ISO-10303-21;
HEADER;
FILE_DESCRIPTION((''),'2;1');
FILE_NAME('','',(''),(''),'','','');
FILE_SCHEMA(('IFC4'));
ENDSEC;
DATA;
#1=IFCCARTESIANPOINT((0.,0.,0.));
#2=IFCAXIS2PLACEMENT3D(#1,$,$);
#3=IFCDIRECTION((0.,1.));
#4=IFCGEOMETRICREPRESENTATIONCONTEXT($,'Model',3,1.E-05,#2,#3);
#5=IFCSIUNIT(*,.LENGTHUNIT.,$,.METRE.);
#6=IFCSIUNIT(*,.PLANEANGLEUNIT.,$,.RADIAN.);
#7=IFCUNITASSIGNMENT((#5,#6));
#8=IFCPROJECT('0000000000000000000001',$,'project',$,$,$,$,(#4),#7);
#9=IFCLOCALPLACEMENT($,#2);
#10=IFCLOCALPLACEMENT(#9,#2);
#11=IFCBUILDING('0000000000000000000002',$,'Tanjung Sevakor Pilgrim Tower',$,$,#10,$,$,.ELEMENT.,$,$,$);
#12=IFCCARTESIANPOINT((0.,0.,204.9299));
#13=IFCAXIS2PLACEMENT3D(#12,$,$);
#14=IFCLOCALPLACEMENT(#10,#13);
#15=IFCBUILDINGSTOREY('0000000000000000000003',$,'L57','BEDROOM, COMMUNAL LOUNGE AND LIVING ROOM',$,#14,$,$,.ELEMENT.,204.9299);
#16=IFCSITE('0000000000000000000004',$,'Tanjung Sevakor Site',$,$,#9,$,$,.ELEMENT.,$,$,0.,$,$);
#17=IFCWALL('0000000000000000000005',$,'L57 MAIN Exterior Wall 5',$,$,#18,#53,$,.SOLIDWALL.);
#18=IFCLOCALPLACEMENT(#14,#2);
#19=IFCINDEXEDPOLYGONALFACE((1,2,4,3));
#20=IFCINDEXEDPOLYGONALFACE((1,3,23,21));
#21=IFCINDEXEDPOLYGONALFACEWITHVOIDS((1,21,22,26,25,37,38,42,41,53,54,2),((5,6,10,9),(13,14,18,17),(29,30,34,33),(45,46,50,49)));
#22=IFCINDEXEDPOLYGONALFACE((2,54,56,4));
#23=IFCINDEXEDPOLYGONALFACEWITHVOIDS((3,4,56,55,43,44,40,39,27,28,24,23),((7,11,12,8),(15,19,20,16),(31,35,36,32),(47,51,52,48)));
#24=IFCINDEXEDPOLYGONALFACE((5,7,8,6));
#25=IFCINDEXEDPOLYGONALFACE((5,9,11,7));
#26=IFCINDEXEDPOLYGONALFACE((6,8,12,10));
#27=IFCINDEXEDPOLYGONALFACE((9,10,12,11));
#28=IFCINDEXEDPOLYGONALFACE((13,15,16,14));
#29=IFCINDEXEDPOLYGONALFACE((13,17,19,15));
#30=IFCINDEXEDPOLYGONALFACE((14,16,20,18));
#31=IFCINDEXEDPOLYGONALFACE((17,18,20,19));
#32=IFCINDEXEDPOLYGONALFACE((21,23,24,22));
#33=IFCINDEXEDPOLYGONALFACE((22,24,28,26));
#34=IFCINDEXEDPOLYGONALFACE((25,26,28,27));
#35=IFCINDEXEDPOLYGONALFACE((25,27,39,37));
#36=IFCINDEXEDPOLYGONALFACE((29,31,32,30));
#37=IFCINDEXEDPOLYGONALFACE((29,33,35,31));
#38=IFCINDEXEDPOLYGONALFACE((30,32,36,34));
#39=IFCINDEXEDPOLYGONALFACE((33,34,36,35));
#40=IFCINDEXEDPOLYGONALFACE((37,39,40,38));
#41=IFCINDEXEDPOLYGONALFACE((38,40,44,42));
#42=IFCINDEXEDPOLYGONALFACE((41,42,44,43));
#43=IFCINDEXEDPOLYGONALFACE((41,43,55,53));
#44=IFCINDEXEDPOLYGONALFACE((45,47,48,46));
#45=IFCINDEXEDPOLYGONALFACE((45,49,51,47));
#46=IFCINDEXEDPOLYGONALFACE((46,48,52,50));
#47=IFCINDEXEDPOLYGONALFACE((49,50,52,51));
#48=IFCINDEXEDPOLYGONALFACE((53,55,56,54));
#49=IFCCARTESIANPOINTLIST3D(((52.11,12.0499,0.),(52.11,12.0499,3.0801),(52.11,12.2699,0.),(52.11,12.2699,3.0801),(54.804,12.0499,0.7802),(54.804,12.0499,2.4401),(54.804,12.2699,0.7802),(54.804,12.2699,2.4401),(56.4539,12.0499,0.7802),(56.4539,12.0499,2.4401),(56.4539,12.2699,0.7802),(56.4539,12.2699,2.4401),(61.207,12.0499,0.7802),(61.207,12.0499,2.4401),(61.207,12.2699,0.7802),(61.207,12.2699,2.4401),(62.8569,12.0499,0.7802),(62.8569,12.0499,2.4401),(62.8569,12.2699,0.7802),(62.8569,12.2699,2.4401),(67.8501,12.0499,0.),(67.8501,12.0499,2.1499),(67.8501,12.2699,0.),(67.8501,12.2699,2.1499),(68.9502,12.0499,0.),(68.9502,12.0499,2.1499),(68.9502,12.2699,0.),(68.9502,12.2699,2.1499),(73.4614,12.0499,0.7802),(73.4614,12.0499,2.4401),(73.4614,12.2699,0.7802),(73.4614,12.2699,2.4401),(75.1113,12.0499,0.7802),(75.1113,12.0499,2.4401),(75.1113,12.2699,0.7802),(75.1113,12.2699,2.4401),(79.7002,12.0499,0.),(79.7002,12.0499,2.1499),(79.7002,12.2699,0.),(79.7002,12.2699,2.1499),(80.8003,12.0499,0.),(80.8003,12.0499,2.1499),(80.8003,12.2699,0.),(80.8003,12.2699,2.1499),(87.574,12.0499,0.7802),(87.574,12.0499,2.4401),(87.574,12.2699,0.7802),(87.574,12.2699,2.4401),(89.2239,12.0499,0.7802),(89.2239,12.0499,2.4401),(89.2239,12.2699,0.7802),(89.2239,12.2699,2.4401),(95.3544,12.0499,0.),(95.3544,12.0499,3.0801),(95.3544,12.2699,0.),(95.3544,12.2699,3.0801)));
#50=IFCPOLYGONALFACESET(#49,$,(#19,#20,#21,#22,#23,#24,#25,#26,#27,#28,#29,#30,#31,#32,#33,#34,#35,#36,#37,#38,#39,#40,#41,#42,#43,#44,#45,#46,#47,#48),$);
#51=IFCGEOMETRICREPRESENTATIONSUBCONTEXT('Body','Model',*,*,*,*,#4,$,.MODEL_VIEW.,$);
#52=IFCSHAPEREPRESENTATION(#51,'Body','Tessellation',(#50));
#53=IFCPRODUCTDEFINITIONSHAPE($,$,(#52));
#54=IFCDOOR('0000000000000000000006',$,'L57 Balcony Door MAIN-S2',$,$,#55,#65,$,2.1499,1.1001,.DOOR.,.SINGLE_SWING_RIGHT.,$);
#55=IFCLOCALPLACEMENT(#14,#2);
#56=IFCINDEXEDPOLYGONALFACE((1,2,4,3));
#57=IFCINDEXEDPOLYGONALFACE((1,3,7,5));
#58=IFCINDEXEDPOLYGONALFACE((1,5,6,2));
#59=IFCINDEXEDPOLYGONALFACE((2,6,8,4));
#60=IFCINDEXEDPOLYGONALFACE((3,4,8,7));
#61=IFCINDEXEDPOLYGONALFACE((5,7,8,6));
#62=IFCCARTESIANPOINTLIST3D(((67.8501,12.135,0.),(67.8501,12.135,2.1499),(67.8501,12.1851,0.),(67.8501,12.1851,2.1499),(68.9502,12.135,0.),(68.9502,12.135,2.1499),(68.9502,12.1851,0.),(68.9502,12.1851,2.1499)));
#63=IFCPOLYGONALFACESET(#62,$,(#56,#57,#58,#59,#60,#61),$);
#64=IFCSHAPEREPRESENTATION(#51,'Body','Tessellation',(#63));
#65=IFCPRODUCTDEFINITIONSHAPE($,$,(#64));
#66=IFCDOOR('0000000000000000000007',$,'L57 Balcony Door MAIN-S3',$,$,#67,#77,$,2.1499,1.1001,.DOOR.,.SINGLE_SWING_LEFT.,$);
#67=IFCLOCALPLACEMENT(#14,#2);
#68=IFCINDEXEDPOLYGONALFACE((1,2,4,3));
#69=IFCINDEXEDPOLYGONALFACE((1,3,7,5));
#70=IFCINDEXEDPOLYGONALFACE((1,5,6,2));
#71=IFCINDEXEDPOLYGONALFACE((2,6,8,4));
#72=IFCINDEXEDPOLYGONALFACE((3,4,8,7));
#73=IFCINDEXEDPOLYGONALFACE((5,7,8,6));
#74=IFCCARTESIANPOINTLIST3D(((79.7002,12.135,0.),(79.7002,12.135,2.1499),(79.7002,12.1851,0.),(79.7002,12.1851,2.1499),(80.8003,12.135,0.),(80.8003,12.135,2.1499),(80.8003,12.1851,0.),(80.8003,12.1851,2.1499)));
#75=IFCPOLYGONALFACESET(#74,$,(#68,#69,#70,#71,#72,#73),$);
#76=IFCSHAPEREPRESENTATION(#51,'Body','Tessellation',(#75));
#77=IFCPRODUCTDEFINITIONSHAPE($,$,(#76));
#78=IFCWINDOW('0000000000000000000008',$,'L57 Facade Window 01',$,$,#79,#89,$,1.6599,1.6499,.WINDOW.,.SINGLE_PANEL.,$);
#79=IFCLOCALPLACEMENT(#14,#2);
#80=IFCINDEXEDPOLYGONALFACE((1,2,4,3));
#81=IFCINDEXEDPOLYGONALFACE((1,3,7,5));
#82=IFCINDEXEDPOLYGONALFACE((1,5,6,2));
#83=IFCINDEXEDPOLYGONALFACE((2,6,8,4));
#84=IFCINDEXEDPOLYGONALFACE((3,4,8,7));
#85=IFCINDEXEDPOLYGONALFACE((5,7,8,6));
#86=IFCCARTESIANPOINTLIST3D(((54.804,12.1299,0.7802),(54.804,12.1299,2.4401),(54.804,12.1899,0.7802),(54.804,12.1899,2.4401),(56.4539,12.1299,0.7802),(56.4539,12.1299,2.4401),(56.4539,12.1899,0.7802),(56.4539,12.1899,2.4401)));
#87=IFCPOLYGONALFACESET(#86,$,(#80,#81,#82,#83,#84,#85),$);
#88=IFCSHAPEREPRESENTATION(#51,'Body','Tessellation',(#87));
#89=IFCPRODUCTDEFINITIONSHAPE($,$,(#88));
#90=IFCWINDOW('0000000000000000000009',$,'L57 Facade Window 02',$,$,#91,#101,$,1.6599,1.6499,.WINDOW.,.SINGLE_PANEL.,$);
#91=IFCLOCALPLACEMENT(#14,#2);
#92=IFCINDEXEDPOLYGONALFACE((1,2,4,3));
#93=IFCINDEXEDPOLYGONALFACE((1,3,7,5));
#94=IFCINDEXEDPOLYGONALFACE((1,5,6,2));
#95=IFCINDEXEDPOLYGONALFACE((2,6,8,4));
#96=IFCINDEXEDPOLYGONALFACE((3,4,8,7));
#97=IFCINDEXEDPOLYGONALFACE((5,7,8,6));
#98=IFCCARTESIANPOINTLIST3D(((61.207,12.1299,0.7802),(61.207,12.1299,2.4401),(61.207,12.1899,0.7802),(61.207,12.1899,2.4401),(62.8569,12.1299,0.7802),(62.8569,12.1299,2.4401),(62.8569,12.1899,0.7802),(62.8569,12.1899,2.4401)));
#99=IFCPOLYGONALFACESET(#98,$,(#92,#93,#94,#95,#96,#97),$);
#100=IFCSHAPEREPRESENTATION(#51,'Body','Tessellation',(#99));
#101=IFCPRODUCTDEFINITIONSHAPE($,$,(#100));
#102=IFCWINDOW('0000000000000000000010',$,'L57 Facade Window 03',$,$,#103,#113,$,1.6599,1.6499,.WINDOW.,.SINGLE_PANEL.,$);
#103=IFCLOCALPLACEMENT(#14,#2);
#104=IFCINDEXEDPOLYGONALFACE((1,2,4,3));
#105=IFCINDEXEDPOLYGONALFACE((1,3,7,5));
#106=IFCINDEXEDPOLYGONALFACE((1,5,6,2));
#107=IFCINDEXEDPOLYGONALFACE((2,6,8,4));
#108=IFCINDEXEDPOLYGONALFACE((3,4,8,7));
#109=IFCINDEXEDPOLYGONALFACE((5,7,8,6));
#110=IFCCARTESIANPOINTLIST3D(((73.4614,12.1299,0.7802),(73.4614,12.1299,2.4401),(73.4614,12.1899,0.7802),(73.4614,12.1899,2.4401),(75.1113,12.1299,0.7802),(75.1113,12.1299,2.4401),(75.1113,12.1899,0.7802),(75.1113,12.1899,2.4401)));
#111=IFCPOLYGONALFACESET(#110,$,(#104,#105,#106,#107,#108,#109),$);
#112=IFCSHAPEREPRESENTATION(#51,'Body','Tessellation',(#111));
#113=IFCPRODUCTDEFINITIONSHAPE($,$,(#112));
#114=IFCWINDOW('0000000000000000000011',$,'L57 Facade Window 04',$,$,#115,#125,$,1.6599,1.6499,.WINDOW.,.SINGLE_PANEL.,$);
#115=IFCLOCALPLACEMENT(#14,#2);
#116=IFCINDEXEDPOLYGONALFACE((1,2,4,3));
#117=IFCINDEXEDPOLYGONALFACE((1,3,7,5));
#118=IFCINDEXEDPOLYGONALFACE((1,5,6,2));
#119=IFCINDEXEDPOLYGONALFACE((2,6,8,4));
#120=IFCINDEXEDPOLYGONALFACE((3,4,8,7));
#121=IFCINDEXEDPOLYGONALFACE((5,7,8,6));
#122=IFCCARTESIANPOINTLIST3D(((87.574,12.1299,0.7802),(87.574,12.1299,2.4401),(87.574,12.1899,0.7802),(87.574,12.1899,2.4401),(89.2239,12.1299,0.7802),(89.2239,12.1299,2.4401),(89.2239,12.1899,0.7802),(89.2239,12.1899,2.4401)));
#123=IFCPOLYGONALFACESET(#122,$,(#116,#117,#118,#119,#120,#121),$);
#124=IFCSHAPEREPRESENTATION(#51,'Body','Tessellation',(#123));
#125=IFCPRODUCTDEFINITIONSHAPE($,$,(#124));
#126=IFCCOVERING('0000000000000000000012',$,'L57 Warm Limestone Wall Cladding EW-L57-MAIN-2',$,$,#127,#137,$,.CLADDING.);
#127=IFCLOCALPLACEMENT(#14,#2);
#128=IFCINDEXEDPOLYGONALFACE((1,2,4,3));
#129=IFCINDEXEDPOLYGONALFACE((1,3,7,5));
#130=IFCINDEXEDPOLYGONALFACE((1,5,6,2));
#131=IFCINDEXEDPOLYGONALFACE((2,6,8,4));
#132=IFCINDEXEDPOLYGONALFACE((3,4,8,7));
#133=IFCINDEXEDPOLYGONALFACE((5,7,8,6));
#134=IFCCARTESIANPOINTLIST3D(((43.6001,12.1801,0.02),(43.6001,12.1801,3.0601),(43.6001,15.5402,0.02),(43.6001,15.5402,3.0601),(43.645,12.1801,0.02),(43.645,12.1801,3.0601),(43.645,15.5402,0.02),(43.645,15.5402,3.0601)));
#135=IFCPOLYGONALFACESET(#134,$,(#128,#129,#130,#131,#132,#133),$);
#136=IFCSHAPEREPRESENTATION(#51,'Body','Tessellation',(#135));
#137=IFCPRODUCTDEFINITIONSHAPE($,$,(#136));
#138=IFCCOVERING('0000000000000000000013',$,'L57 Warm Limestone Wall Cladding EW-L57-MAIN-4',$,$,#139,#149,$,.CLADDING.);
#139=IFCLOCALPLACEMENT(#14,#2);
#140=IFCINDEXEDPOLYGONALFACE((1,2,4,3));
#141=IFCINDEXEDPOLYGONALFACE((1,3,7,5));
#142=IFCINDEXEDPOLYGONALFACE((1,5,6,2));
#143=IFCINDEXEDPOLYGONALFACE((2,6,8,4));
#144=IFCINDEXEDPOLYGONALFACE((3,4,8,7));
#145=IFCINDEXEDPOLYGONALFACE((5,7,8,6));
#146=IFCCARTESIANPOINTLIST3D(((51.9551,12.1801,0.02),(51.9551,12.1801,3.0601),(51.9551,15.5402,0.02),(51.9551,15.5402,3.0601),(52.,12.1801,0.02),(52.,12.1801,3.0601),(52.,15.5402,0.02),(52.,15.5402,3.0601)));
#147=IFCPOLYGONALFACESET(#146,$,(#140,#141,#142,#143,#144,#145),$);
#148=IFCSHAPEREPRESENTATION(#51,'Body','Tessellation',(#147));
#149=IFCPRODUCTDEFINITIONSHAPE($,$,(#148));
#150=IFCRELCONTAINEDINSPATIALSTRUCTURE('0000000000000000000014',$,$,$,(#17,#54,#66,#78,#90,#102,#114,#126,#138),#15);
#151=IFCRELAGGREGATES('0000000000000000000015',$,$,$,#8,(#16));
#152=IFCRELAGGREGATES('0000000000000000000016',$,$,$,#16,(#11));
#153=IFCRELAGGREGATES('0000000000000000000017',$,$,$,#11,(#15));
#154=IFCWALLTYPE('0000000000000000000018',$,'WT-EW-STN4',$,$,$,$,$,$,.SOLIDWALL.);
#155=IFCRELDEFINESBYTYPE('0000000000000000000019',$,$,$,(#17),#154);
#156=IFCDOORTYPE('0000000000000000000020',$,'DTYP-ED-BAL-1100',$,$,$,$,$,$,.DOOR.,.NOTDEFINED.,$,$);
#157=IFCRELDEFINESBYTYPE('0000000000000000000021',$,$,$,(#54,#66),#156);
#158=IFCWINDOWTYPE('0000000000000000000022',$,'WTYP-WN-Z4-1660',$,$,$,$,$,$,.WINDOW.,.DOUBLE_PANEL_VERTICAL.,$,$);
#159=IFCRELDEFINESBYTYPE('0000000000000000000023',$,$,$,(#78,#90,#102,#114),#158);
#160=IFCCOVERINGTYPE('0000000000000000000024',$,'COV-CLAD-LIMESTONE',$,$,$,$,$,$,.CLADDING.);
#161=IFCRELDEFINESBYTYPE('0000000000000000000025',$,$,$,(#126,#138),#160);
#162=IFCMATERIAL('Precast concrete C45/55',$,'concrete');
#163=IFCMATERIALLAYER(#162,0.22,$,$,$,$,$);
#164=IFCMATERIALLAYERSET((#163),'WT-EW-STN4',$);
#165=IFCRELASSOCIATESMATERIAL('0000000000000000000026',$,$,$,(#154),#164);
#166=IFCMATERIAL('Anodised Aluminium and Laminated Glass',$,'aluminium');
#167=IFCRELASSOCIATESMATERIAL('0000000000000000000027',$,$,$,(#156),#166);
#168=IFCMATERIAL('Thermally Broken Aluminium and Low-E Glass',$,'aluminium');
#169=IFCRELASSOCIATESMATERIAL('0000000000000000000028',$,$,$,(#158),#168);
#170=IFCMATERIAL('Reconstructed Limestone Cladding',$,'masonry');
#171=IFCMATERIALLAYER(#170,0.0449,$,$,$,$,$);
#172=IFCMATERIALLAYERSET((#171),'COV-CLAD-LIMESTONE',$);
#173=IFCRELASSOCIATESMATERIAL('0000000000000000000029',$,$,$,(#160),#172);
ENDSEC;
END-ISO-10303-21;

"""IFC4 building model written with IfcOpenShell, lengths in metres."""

from ifc_helpers import new_model, si_unit, direction, frame, frame_2d, origin, origin_2d, place, context, subcontext, project, spatial, rectangle, extrude, material, layer, layer_set, type_object, element, fill, save


model = new_model("IFC4")

# Units and contexts
model_context = context("Model", 3, precision=1e-05, world=origin(), true_north=direction((0.0, 1.0)))
body_context = subcontext(model_context, "Body", "Model", "MODEL_VIEW")
ifc_project = project(units=[si_unit("LENGTHUNIT", "METRE"), si_unit("PLANEANGLEUNIT", "RADIAN")], contexts=[model_context])

# Site, building, storey
site_placement = place(None, origin())
site = spatial("IfcSite", under=ifc_project, at=site_placement, Name="Tanjung Sevakor Site", CompositionType="ELEMENT", RefElevation=0.0)
building_placement = place(site_placement, origin())
building = spatial("IfcBuilding", under=site, at=building_placement, Name="Tanjung Sevakor Pilgrim Tower", CompositionType="ELEMENT")
storey_placement = place(building_placement, frame((0.0, 0.0, 204.9299)))
storey = spatial("IfcBuildingStorey", under=building, at=storey_placement, Name="L57", Description="BEDROOM, COMMUNAL LOUNGE AND LIVING ROOM", CompositionType="ELEMENT", Elevation=204.9299)

# Shared definitions
ifc_material_1 = material(Name="Precast concrete C45/55", Category="concrete")
ifc_layer_1 = layer(ifc_material_1, 0.22)
ifc_layer_set_1 = layer_set([ifc_layer_1], Name="WT-EW-STN4")
wall_type_1 = type_object("IfcWallType", Name="WT-EW-STN4", PredefinedType="SOLIDWALL", material=ifc_layer_set_1)

# Wall, openings, doors, windows
wall_1_placement = place(storey_placement, frame((52.1101, 12.1599, 0.0), z_axis=(0.0, 0.0, 1.0), x_axis=(1.0, 0.0, 0.0)))
wall_1 = element("IfcWall", 1, at=wall_1_placement, inside=storey, type_object=wall_type_1, Name="L57 MAIN Exterior Wall 5", PredefinedType="SOLIDWALL", context=body_context, shape_type="SweptSolid", body=[
    extrude(rectangle(XDim=43.2444, YDim=0.22, at=frame_2d((21.6221, 0.0))), origin(), (0.0, 0.0, 1.0), 3.0801),
])
opening_1_placement = place(wall_1_placement, frame((15.74, 0.0, 0.0)))
opening_1 = element("IfcOpeningElement", 2, at=opening_1_placement, cuts=wall_1, PredefinedType="OPENING", context=body_context, shape_type="SweptSolid", body=[
    extrude(rectangle(XDim=1.1001, YDim=2.1499, at=frame_2d((0.55, 1.075))), frame((0.0, 0.1199, 0.0), z_axis=(0.0, -1.0, 0.0), x_axis=(1.0, 0.0, 0.0)), (0.0, 0.0, 1.0), 0.24),
])
opening_2_placement = place(wall_1_placement, frame((27.5901, 0.0, 0.0)))
opening_2 = element("IfcOpeningElement", 3, at=opening_2_placement, cuts=wall_1, PredefinedType="OPENING", context=body_context, shape_type="SweptSolid", body=[
    extrude(rectangle(XDim=1.1001, YDim=2.1499, at=frame_2d((0.55, 1.075))), frame((0.0, 0.1199, 0.0), z_axis=(0.0, -1.0, 0.0), x_axis=(1.0, 0.0, 0.0)), (0.0, 0.0, 1.0), 0.24),
])
opening_3_placement = place(wall_1_placement, frame((2.6938, 0.0, 0.78)))
opening_3 = element("IfcOpeningElement", 4, at=opening_3_placement, cuts=wall_1, PredefinedType="OPENING", context=body_context, shape_type="SweptSolid", body=[
    extrude(rectangle(XDim=1.6499, YDim=1.6599, at=frame_2d((0.825, 0.8301))), frame((0.0, 0.1199, 0.0), z_axis=(0.0, -1.0, 0.0), x_axis=(1.0, 0.0, 0.0)), (0.0, 0.0, 1.0), 0.24),
])
opening_4_placement = place(wall_1_placement, frame((9.0969, 0.0, 0.78)))
opening_4 = element("IfcOpeningElement", 5, at=opening_4_placement, cuts=wall_1, PredefinedType="OPENING", context=body_context, shape_type="SweptSolid", body=[
    extrude(rectangle(XDim=1.6499, YDim=1.6599, at=frame_2d((0.825, 0.8301))), frame((0.0, 0.1199, 0.0), z_axis=(0.0, -1.0, 0.0), x_axis=(1.0, 0.0, 0.0)), (0.0, 0.0, 1.0), 0.24),
])
opening_5_placement = place(wall_1_placement, frame((21.3513, 0.0, 0.78)))
opening_5 = element("IfcOpeningElement", 6, at=opening_5_placement, cuts=wall_1, PredefinedType="OPENING", context=body_context, shape_type="SweptSolid", body=[
    extrude(rectangle(XDim=1.6499, YDim=1.6599, at=frame_2d((0.825, 0.8301))), frame((0.0, 0.1199, 0.0), z_axis=(0.0, -1.0, 0.0), x_axis=(1.0, 0.0, 0.0)), (0.0, 0.0, 1.0), 0.24),
])
opening_6_placement = place(wall_1_placement, frame((35.4639, 0.0, 0.78)))
opening_6 = element("IfcOpeningElement", 7, at=opening_6_placement, cuts=wall_1, PredefinedType="OPENING", context=body_context, shape_type="SweptSolid", body=[
    extrude(rectangle(XDim=1.6499, YDim=1.6599, at=frame_2d((0.825, 0.8301))), frame((0.0, 0.1199, 0.0), z_axis=(0.0, -1.0, 0.0), x_axis=(1.0, 0.0, 0.0)), (0.0, 0.0, 1.0), 0.24),
])
ifc_material_2 = material(Name="Anodised Aluminium and Laminated Glass", Category="aluminium")
door_type_1 = type_object("IfcDoorType", Name="DTYP-ED-BAL-1100", OperationType="NOTDEFINED", PredefinedType="DOOR", material=ifc_material_2)
door_1_placement = place(opening_1_placement, frame((1.1001, 0.0, 0.0), z_axis=(0.0, 0.0, 1.0), x_axis=(-1.0, 0.0, 0.0)))
door_1 = element("IfcDoor", 8, at=door_1_placement, inside=storey, type_object=door_type_1, Name="L57 Balcony Door MAIN-S2", OperationType="SINGLE_SWING_RIGHT", OverallHeight=2.1499, OverallWidth=1.1001, PredefinedType="DOOR", context=body_context, shape_type="SweptSolid", body=[
    extrude(rectangle(XDim=1.1001, YDim=2.1499, at=frame_2d((0.55, 1.075))), frame((0.0, 0.0249, 0.0), z_axis=(0.0, -1.0, 0.0), x_axis=(1.0, 0.0, 0.0)), (0.0, 0.0, 1.0), 0.05),
])
fill(opening_1, door_1)
door_2_placement = place(opening_2_placement, frame((1.1001, 0.0, 0.0), z_axis=(0.0, 0.0, 1.0), x_axis=(-1.0, 0.0, 0.0)))
door_2 = element("IfcDoor", 9, at=door_2_placement, inside=storey, type_object=door_type_1, Name="L57 Balcony Door MAIN-S3", OperationType="SINGLE_SWING_LEFT", OverallHeight=2.1499, OverallWidth=1.1001, PredefinedType="DOOR", context=body_context, shape_type="SweptSolid", body=[
    extrude(rectangle(XDim=1.1001, YDim=2.1499, at=frame_2d((0.55, 1.075))), frame((0.0, 0.0249, 0.0), z_axis=(0.0, -1.0, 0.0), x_axis=(1.0, 0.0, 0.0)), (0.0, 0.0, 1.0), 0.05),
])
fill(opening_2, door_2)
ifc_material_3 = material(Name="Thermally Broken Aluminium and Low-E Glass", Category="aluminium")
window_type = type_object("IfcWindowType", Name="WTYP-WN-Z4-1660", PartitioningType="DOUBLE_PANEL_VERTICAL", PredefinedType="WINDOW", material=ifc_material_3)
window_1_placement = place(opening_3_placement, origin())
window_1 = element("IfcWindow", 10, at=window_1_placement, inside=storey, type_object=window_type, Name="L57 Facade Window 01", OverallHeight=1.6599, OverallWidth=1.6499, PartitioningType="SINGLE_PANEL", PredefinedType="WINDOW", context=body_context, shape_type="SweptSolid", body=[
    extrude(rectangle(XDim=1.6499, YDim=1.6599, at=frame_2d((0.825, 0.8301))), frame((0.0, 0.03, 0.0), z_axis=(0.0, -1.0, 0.0), x_axis=(1.0, 0.0, 0.0)), (0.0, 0.0, 1.0), 0.0601),
])
fill(opening_3, window_1)
window_2_placement = place(opening_4_placement, origin())
window_2 = element("IfcWindow", 11, at=window_2_placement, inside=storey, type_object=window_type, Name="L57 Facade Window 02", OverallHeight=1.6599, OverallWidth=1.6499, PartitioningType="SINGLE_PANEL", PredefinedType="WINDOW", context=body_context, shape_type="SweptSolid", body=[
    extrude(rectangle(XDim=1.6499, YDim=1.6599, at=frame_2d((0.825, 0.8301))), frame((0.0, 0.03, 0.0), z_axis=(0.0, -1.0, 0.0), x_axis=(1.0, 0.0, 0.0)), (0.0, 0.0, 1.0), 0.0601),
])
fill(opening_4, window_2)
window_3_placement = place(opening_5_placement, origin())
window_3 = element("IfcWindow", 12, at=window_3_placement, inside=storey, type_object=window_type, Name="L57 Facade Window 03", OverallHeight=1.6599, OverallWidth=1.6499, PartitioningType="SINGLE_PANEL", PredefinedType="WINDOW", context=body_context, shape_type="SweptSolid", body=[
    extrude(rectangle(XDim=1.6499, YDim=1.6599, at=frame_2d((0.825, 0.8301))), frame((0.0, 0.03, 0.0), z_axis=(0.0, -1.0, 0.0), x_axis=(1.0, 0.0, 0.0)), (0.0, 0.0, 1.0), 0.0601),
])
fill(opening_5, window_3)
window_4_placement = place(opening_6_placement, origin())
window_4 = element("IfcWindow", 13, at=window_4_placement, inside=storey, type_object=window_type, Name="L57 Facade Window 04", OverallHeight=1.6599, OverallWidth=1.6499, PartitioningType="SINGLE_PANEL", PredefinedType="WINDOW", context=body_context, shape_type="SweptSolid", body=[
    extrude(rectangle(XDim=1.6499, YDim=1.6599, at=frame_2d((0.825, 0.8301))), frame((0.0, 0.03, 0.0), z_axis=(0.0, -1.0, 0.0), x_axis=(1.0, 0.0, 0.0)), (0.0, 0.0, 1.0), 0.0601),
])
fill(opening_6, window_4)

# Coverings
ifc_material_4 = material(Name="Reconstructed Limestone Cladding", Category="masonry")
ifc_layer_2 = layer(ifc_material_4, 0.0449)
ifc_layer_set_2 = layer_set([ifc_layer_2], Name="COV-CLAD-LIMESTONE")
covering_type = type_object("IfcCoveringType", Name="COV-CLAD-LIMESTONE", PredefinedType="CLADDING", material=ifc_layer_set_2)
for number, where, z_axis, x_axis, name in (
    (14, (43.6226, 13.8601, 0.02), (0.0, 0.0, 1.0), (0.0, 1.0, 0.0), "L57 Warm Limestone Wall Cladding EW-L57-MAIN-2"),
    (15, (51.9775, 13.8601, 0.02), (0.0, 0.0, 1.0), (0.0, -1.0, 0.0), "L57 Warm Limestone Wall Cladding EW-L57-MAIN-4"),
):
    element("IfcCovering", number, at=place(storey_placement, frame(where, z_axis=z_axis, x_axis=x_axis)), inside=storey, type_object=covering_type, Name=name, PredefinedType="CLADDING", context=body_context, shape_type="SweptSolid", body=[
        extrude(rectangle(XDim=3.3601, YDim=0.0449, at=origin_2d()), origin(), (0.0, 0.0, 1.0), 3.04),
    ])

save(model, "model.ifc")
